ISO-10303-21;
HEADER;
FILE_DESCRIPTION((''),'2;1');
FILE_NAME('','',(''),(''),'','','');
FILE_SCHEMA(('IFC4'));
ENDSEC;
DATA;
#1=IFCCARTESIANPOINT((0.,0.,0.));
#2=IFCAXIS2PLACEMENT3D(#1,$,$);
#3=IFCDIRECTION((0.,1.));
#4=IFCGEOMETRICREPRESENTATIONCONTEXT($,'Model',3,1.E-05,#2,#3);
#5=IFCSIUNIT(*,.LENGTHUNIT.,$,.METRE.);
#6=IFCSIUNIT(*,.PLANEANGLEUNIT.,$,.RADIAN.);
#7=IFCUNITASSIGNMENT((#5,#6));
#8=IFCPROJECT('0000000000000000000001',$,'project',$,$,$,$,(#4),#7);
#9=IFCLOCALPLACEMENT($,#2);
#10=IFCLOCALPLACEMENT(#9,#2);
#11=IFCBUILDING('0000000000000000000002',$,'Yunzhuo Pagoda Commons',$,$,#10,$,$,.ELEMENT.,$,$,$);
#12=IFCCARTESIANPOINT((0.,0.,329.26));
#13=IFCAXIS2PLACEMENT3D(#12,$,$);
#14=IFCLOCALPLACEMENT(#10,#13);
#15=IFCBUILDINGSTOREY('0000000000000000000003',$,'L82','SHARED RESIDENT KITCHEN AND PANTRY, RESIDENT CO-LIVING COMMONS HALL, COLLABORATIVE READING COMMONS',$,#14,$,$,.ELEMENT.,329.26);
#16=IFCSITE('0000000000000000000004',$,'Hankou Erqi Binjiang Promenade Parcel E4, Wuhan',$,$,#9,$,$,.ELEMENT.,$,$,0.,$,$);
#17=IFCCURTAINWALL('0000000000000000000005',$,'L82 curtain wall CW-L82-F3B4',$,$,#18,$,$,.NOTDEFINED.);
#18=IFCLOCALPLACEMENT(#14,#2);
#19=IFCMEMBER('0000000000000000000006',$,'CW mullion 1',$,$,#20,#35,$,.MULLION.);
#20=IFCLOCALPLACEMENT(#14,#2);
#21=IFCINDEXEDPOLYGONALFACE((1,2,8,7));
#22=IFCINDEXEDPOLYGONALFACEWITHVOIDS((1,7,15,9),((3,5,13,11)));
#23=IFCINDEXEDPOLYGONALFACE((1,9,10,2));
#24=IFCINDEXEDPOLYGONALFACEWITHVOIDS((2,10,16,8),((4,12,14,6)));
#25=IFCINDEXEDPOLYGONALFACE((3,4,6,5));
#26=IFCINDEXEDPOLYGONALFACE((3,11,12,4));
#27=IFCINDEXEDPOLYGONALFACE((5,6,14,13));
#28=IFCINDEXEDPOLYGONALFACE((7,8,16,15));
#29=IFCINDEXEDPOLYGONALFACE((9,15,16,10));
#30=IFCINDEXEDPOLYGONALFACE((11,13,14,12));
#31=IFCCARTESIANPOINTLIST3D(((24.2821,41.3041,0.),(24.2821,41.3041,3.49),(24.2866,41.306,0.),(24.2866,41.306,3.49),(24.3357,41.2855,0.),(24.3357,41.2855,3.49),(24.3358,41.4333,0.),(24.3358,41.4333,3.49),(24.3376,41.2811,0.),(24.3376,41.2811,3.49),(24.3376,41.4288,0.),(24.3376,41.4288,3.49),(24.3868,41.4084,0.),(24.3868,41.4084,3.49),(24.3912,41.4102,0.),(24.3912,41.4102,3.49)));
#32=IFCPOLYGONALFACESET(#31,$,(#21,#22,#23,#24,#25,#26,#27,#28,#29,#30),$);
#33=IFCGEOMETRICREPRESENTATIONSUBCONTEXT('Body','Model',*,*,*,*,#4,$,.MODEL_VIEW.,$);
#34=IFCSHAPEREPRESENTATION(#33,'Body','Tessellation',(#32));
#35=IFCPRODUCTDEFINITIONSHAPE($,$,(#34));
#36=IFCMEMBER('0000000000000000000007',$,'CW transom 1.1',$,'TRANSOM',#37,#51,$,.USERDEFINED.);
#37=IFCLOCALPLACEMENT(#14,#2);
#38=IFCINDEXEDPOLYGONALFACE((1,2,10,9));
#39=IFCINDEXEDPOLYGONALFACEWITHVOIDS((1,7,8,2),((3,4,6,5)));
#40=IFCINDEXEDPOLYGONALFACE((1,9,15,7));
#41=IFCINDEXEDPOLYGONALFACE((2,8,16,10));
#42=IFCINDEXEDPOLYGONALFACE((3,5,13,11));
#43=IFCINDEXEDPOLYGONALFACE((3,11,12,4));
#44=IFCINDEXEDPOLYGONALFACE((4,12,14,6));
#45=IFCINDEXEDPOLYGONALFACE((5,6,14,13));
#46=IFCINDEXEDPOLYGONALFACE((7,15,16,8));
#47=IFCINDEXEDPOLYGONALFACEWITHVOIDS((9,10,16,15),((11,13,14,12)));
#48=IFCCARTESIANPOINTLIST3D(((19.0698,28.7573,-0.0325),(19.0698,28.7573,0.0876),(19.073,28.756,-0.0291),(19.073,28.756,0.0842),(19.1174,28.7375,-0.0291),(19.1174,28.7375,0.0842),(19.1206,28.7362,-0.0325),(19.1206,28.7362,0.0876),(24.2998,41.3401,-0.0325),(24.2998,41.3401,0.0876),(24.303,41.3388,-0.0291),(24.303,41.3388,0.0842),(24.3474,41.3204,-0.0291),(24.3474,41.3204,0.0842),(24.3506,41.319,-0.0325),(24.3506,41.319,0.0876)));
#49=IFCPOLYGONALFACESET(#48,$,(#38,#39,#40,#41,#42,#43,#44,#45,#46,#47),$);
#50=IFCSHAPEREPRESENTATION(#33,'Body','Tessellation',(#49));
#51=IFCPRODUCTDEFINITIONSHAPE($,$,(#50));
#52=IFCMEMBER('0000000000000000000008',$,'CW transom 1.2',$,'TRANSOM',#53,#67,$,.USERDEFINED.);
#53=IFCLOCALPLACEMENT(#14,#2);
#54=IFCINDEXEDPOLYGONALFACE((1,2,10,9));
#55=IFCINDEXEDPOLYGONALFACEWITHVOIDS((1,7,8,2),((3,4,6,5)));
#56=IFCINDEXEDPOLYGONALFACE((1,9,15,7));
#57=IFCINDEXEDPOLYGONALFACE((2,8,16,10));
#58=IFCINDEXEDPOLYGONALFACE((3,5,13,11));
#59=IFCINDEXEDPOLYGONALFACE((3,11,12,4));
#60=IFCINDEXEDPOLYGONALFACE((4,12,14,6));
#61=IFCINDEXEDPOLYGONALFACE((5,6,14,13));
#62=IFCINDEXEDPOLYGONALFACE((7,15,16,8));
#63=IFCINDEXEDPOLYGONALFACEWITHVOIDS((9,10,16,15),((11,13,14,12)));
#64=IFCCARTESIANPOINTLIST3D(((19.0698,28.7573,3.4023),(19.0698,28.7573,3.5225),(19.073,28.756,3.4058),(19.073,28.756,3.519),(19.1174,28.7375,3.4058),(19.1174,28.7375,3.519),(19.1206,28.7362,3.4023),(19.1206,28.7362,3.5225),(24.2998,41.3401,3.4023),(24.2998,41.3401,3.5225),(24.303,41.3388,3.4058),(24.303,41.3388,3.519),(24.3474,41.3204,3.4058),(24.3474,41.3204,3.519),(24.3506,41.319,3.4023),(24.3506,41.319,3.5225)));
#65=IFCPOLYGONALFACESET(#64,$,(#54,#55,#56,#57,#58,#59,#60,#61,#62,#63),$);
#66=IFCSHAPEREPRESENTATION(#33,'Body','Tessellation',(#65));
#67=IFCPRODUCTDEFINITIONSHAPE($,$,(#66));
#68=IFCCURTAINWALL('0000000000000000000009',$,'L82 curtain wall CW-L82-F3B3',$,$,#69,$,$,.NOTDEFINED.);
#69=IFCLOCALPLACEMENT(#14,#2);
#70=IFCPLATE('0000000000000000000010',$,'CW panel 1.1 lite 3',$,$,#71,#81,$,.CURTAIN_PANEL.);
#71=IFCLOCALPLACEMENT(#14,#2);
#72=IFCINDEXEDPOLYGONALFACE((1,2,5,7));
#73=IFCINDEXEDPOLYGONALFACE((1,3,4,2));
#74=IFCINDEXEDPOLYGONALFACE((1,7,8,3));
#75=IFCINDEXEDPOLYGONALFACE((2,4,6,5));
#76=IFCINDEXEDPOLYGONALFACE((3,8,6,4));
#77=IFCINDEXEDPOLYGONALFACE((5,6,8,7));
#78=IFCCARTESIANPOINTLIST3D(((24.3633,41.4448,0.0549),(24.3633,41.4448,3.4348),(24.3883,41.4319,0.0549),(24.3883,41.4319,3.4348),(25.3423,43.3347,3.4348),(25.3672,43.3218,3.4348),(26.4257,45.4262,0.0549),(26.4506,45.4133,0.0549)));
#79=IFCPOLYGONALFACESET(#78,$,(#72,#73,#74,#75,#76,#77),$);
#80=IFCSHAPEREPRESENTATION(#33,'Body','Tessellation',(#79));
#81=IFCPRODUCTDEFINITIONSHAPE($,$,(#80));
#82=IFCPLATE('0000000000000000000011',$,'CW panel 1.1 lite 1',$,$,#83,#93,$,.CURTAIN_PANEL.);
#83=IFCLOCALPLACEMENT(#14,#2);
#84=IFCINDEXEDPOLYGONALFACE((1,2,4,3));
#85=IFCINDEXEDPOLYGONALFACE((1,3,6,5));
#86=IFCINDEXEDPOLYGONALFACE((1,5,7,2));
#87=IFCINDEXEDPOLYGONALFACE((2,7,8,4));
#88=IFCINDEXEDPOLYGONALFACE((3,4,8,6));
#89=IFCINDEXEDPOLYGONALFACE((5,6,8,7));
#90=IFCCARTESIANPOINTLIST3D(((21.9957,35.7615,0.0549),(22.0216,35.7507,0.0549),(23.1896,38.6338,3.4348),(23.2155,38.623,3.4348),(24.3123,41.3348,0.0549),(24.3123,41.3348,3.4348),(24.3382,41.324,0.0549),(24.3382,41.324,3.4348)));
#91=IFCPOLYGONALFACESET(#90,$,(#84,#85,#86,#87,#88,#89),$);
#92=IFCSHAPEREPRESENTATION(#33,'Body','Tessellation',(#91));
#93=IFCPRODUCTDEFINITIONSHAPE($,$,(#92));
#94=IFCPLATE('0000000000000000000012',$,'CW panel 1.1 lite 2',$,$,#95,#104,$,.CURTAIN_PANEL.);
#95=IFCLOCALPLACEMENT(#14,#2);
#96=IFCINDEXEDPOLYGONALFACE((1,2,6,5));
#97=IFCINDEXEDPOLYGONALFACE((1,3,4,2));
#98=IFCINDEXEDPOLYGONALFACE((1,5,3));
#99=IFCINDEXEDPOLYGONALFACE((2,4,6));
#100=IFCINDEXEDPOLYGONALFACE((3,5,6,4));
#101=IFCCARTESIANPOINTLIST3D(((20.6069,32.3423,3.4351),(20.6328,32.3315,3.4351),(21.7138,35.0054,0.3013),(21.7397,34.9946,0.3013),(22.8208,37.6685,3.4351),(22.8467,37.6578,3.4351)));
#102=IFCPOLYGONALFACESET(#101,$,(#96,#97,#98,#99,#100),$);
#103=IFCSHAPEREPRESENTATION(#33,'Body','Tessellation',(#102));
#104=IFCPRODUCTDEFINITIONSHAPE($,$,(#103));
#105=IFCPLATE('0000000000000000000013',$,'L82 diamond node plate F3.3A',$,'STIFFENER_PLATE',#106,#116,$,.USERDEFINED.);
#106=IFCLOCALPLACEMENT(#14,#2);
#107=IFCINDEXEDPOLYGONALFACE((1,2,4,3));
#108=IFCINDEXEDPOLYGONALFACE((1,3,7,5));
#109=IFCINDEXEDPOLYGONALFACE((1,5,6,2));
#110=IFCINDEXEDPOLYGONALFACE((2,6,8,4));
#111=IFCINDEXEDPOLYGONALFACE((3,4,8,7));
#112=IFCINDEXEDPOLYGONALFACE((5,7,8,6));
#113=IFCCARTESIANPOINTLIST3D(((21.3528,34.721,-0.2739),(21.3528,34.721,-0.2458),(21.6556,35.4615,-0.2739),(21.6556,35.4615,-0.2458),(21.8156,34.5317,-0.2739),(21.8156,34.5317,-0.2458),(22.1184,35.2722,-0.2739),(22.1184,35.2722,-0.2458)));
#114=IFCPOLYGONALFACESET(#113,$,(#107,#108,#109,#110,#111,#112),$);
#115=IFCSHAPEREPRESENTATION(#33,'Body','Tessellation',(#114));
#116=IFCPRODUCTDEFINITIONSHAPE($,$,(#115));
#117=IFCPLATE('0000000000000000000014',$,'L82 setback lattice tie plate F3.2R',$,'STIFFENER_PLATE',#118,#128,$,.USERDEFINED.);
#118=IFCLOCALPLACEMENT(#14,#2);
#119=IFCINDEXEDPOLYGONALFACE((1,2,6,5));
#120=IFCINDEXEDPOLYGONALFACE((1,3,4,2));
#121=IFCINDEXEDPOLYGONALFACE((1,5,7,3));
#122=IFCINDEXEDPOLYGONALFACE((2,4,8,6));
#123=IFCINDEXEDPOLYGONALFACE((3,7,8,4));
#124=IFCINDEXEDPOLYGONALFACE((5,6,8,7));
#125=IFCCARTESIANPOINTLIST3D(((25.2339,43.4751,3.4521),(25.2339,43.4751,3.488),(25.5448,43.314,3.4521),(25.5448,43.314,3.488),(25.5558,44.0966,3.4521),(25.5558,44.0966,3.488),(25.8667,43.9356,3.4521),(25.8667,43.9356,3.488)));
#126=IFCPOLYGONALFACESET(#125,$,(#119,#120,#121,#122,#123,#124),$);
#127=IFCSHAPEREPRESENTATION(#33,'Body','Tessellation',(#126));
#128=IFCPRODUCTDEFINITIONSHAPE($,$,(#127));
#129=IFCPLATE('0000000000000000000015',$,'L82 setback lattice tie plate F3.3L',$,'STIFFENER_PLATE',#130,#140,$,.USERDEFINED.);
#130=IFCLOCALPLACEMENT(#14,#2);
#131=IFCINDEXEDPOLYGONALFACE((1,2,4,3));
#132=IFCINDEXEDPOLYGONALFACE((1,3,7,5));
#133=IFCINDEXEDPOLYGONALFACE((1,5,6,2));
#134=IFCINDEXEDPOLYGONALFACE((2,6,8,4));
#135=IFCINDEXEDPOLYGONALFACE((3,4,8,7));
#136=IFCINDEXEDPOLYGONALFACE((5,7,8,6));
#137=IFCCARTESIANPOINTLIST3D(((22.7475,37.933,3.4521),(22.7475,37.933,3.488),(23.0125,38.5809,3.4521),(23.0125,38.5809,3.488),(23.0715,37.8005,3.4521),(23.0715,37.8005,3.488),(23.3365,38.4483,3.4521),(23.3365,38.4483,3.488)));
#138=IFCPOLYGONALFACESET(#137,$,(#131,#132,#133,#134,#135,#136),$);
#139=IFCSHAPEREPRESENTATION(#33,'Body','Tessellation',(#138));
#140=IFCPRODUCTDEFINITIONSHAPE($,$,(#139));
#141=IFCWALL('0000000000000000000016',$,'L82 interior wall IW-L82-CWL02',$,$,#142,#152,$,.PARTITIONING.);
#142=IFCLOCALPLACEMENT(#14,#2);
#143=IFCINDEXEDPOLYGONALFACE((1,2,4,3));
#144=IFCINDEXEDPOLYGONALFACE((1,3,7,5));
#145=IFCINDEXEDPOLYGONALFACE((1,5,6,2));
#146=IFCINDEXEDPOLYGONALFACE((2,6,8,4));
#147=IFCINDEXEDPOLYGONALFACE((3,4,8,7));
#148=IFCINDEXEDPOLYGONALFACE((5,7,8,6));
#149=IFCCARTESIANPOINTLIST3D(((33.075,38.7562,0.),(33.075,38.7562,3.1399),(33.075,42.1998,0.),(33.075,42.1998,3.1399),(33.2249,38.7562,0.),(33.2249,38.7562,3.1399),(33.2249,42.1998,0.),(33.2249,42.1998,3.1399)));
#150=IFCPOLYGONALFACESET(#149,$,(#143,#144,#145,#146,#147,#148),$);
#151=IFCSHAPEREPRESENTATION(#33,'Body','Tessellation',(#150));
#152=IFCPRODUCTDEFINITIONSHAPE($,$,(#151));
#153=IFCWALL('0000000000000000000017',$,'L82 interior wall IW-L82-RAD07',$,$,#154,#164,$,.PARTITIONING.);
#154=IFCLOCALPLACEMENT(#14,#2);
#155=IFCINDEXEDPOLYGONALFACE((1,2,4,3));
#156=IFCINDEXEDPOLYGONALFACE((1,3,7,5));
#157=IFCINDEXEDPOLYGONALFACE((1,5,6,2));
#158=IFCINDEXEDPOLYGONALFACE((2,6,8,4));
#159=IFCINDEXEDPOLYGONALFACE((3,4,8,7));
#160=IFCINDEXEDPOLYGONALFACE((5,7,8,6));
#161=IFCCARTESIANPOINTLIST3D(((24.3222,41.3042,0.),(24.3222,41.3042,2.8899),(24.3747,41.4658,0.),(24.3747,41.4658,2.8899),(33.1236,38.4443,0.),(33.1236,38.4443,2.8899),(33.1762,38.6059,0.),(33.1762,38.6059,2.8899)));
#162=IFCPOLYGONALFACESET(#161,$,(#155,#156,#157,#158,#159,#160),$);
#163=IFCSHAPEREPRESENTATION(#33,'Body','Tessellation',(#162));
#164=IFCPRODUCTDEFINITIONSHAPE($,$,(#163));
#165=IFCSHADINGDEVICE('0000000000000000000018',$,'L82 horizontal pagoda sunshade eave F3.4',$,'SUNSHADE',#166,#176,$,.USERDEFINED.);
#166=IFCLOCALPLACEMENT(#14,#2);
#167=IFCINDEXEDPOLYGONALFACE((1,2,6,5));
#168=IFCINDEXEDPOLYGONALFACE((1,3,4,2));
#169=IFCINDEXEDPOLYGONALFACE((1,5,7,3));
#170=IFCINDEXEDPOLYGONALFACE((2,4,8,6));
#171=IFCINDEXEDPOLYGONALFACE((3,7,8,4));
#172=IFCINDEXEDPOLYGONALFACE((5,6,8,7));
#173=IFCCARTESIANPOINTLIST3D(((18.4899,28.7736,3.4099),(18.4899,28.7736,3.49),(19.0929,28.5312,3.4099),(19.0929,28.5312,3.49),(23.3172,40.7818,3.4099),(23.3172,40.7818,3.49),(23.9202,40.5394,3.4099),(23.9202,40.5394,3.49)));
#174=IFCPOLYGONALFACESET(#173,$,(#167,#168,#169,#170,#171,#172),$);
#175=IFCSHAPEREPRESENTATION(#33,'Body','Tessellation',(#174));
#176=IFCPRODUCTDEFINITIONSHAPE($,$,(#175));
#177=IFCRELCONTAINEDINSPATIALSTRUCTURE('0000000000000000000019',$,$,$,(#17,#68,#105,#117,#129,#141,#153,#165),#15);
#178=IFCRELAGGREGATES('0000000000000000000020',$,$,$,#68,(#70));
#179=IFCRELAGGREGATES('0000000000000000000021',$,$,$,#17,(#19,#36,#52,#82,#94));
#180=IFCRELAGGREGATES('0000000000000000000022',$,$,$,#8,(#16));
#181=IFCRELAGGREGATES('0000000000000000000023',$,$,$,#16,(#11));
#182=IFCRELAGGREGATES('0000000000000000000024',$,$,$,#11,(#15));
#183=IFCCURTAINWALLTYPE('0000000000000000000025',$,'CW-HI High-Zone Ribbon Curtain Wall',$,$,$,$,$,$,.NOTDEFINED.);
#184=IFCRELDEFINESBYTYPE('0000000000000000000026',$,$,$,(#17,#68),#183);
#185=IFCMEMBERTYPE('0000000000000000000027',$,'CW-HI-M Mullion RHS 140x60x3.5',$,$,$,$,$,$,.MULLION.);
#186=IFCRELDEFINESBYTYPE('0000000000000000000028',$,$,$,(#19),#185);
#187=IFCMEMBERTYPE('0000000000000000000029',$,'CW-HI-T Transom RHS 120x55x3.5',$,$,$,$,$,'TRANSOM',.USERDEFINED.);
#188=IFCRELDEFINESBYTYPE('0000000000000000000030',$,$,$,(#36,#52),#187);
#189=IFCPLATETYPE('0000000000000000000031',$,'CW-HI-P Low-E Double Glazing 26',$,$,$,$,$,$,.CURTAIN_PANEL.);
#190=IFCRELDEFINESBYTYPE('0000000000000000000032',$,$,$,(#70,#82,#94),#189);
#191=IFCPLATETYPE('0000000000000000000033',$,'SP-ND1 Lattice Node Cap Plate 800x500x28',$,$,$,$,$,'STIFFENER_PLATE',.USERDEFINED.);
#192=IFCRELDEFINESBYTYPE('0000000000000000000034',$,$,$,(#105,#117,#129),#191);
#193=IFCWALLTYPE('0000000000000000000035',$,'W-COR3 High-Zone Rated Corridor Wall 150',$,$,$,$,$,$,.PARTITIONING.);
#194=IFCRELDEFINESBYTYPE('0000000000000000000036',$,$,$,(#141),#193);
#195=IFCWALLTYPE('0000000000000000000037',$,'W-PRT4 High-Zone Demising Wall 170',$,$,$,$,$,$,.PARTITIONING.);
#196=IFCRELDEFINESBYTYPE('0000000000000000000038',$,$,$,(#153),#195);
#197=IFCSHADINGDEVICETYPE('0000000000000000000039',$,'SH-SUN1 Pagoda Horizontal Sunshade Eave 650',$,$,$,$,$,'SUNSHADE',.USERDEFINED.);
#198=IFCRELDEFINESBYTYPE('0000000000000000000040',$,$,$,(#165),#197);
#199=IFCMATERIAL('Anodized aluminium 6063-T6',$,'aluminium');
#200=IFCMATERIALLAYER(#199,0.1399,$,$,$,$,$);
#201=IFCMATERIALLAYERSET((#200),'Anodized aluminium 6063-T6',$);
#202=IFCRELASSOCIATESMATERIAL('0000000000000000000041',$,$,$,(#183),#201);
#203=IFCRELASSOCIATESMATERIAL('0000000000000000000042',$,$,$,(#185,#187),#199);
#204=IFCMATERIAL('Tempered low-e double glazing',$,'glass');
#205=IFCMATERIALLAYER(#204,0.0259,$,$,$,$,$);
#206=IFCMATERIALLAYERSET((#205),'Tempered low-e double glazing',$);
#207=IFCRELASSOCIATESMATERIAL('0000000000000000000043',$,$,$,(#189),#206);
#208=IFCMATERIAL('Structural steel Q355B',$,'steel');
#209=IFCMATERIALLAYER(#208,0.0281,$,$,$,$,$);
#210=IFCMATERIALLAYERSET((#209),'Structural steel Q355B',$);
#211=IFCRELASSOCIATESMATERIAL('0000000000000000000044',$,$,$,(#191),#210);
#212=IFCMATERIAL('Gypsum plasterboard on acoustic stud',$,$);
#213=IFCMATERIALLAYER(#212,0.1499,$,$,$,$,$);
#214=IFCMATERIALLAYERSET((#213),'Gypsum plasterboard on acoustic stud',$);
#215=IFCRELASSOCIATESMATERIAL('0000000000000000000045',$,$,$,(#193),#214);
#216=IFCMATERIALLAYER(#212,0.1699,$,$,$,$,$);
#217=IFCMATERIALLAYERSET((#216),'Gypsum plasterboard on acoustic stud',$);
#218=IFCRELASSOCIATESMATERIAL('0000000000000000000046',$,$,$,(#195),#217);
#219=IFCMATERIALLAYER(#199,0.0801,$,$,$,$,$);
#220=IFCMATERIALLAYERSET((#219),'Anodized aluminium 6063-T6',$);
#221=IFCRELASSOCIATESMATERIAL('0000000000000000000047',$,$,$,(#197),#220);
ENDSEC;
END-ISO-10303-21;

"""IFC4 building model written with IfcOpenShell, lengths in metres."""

from ifc_helpers import new_model, si_unit, direction, frame, frame_2d, origin, origin_2d, place, context, subcontext, project, spatial, polyline, rectangle, hollow_rectangle, outline, extrude, source, transform, mapped, material, layer, layer_set, material_profile, profile_set, type_object, element, aggregate, save


model = new_model("IFC4")

# Units and contexts
model_context = context("Model", 3, precision=1e-05, world=origin(), true_north=direction((0.0, 1.0)))
body_context = subcontext(model_context, "Body", "Model", "MODEL_VIEW")
ifc_project = project(units=[si_unit("LENGTHUNIT", "METRE"), si_unit("PLANEANGLEUNIT", "RADIAN")], contexts=[model_context])

# Site, building, storey
site_placement = place(None, origin())
site = spatial("IfcSite", under=ifc_project, at=site_placement, Name="Hankou Erqi Binjiang Promenade Parcel E4, Wuhan", CompositionType="ELEMENT", RefElevation=0.0)
building_placement = place(site_placement, origin())
building = spatial("IfcBuilding", under=site, at=building_placement, Name="Yunzhuo Pagoda Commons", CompositionType="ELEMENT")
storey_placement = place(building_placement, frame((0.0, 0.0, 329.26)))
storey = spatial("IfcBuildingStorey", under=building, at=storey_placement, Name="L82", Description="SHARED RESIDENT KITCHEN AND PANTRY, RESIDENT CO-LIVING COMMONS HALL, COLLABORATIVE READING COMMONS", CompositionType="ELEMENT", Elevation=329.26)

# Shared definitions
ifc_material_1 = material(Name="Structural steel Q355B", Category="steel")

# Curtain wall, members
ifc_material_2 = material(Name="Anodized aluminium 6063-T6", Category="aluminium")
ifc_layer_1 = layer(ifc_material_2, 0.1399)
ifc_layer_set_1 = layer_set([ifc_layer_1], Name="Anodized aluminium 6063-T6")
curtain_wall_type = type_object("IfcCurtainWallType", Name="CW-HI High-Zone Ribbon Curtain Wall", PredefinedType="NOTDEFINED", material=ifc_layer_set_1)
curtain_wall_1_placement = place(storey_placement, origin())
curtain_wall_1 = element("IfcCurtainWall", 1, at=curtain_wall_1_placement, inside=storey, type_object=curtain_wall_type, Name="L82 curtain wall CW-L82-F3B4", PredefinedType="NOTDEFINED")
ifc_material_profile_1 = material_profile(ifc_material_2, hollow_rectangle(XDim=0.0601, YDim=0.1399, WallThickness=0.0034, at=origin_2d()), Name="Anodized aluminium 6063-T6")
ifc_profile_set_1 = profile_set([ifc_material_profile_1], Name="Anodized aluminium 6063-T6")
member_type_1 = type_object("IfcMemberType", Name="CW-HI-M Mullion RHS 140x60x3.5", PredefinedType="MULLION", material=ifc_profile_set_1)
shared_shape_1 = source(origin(), body_context, "Body", "SweptSolid", [
    extrude(hollow_rectangle(XDim=0.0601, YDim=0.1399, WallThickness=0.0034, at=origin_2d()), origin(), (0.0, 0.0, 1.0), 3.49),
])
member_1_placement = place(storey_placement, frame((24.3367, 41.3572, 0.0), z_axis=(0.0, 0.0, 1.0), x_axis=(0.923407, -0.383822, 0.0)))
member_1 = element("IfcMember", 2, at=member_1_placement, type_object=member_type_1, Name="CW mullion 1", PredefinedType="MULLION", context=body_context, shape_type="MappedRepresentation", body=[
    mapped(shared_shape_1, transform((0.0, 0.0, 0.0), scale=1.0)),
])
ifc_material_profile_2 = material_profile(ifc_material_2, hollow_rectangle(XDim=0.0549, YDim=0.1201, WallThickness=0.0034, at=origin_2d()), Name="Anodized aluminium 6063-T6")
ifc_profile_set_2 = profile_set([ifc_material_profile_2], Name="Anodized aluminium 6063-T6")
member_type_2 = type_object("IfcMemberType", Name="CW-HI-T Transom RHS 120x55x3.5", ElementType="TRANSOM", PredefinedType="USERDEFINED", material=ifc_profile_set_2)
shared_shape_2 = source(origin(), body_context, "Body", "SweptSolid", [
    extrude(hollow_rectangle(XDim=0.0549, YDim=0.1201, WallThickness=0.0034, at=origin_2d()), origin(), (0.0, 0.0, 1.0), 13.6265),
])
member_2_placement = place(storey_placement, frame((24.3252, 41.3296, 0.0276), z_axis=(-0.383812, -0.923411, 0.0), x_axis=(0.923411, -0.383812, 0.0)))
member_2 = element("IfcMember", 3, at=member_2_placement, type_object=member_type_2, Name="CW transom 1.1", ObjectType="TRANSOM", PredefinedType="USERDEFINED", context=body_context, shape_type="MappedRepresentation", body=[
    mapped(shared_shape_2, transform((0.0, 0.0, 0.0), scale=1.0)),
])
member_3_placement = place(storey_placement, frame((24.3252, 41.3296, 3.4624), z_axis=(-0.383812, -0.923411, 0.0), x_axis=(0.923411, -0.383812, 0.0)))
member_3 = element("IfcMember", 4, at=member_3_placement, type_object=member_type_2, Name="CW transom 1.2", ObjectType="TRANSOM", PredefinedType="USERDEFINED", context=body_context, shape_type="MappedRepresentation", body=[
    mapped(shared_shape_2, transform((0.0, 0.0, 0.0), scale=1.0)),
])

# Curtain wall, plate
curtain_wall_2_placement = place(storey_placement, origin())
curtain_wall_2 = element("IfcCurtainWall", 5, at=curtain_wall_2_placement, inside=storey, type_object=curtain_wall_type, Name="L82 curtain wall CW-L82-F3B3", PredefinedType="NOTDEFINED")
ifc_material_3 = material(Name="Tempered low-e double glazing", Category="glass")
ifc_layer_2 = layer(ifc_material_3, 0.0259)
ifc_layer_set_2 = layer_set([ifc_layer_2], Name="Tempered low-e double glazing")
plate_type_1 = type_object("IfcPlateType", Name="CW-HI-P Low-E Double Glazing 26", PredefinedType="CURTAIN_PANEL", material=ifc_layer_set_2)
plate_1_placement = place(storey_placement, frame((25.4194, 43.4226, 1.7449), z_axis=(-0.887948, 0.459945, 0.0), x_axis=(-0.459945, -0.887948, 0.0)))
plate_1 = element("IfcPlate", 6, at=plate_1_placement, type_object=plate_type_1, Name="CW panel 1.1 lite 3", PredefinedType="CURTAIN_PANEL", context=body_context, shape_type="SweptSolid", body=[
    extrude(outline(polyline([(-2.2419, -1.6899), (2.2419, -1.6899), (2.2419, 1.6899), (0.1135, 1.6899), (-2.2419, -1.6899)])), origin(), (0.0, 0.0, 1.0), 0.0281),
])
aggregate(curtain_wall_2, [plate_1])

# Plates
plate_2_placement = place(storey_placement, frame((23.1799, 38.5374, 1.7449), z_axis=(-0.923407, 0.383822, 0.0), x_axis=(-0.383822, -0.923407, 0.0)))
plate_2 = element("IfcPlate", 7, at=plate_2_placement, type_object=plate_type_1, Name="CW panel 1.1 lite 1", PredefinedType="CURTAIN_PANEL", context=body_context, shape_type="SweptSolid", body=[
    extrude(outline(polyline([(-3.0178, -1.6899), (3.0178, -1.6899), (-0.0928, 1.6899), (-3.0178, 1.6899), (-3.0178, -1.6899)])), origin(), (0.0, 0.0, 1.0), 0.0281),
])
plate_3_placement = place(storey_placement, frame((21.7397, 34.9946, 1.8682), z_axis=(-0.923407, 0.383822, 0.0), x_axis=(-0.383822, -0.923407, 0.0)))
plate_3 = element("IfcPlate", 8, at=plate_3_placement, type_object=plate_type_1, Name="CW panel 1.1 lite 2", PredefinedType="CURTAIN_PANEL", context=body_context, shape_type="SweptSolid", body=[
    extrude(outline(polyline([(-2.884, 1.5669), (0.0, -1.5669), (2.884, 1.5669), (-2.884, 1.5669)])), origin(), (0.0, 0.0, 1.0), 0.0281),
])
aggregate(curtain_wall_1, [member_1, member_2, member_3, plate_2, plate_3])

# Plates
ifc_layer_3 = layer(ifc_material_1, 0.0281)
ifc_layer_set_3 = layer_set([ifc_layer_3], Name="Structural steel Q355B")
plate_type_2 = type_object("IfcPlateType", Name="SP-ND1 Lattice Node Cap Plate 800x500x28", ElementType="STIFFENER_PLATE", PredefinedType="USERDEFINED", material=ifc_layer_set_3)
shared_shape_3 = source(origin(), body_context, "Body", "SweptSolid", [
    extrude(rectangle(XDim=0.8, YDim=0.5, at=origin_2d()), origin(), (0.0, 0.0, 1.0), 0.0281),
])
plate_4_placement = place(storey_placement, frame((21.7356, 34.9966, -0.2739), z_axis=(0.0, 0.0, 1.0), x_axis=(-0.378568, -0.925574, 0.0)))
element("IfcPlate", 9, at=plate_4_placement, inside=storey, type_object=plate_type_2, Name="L82 diamond node plate F3.3A", ObjectType="STIFFENER_PLATE", PredefinedType="USERDEFINED", context=body_context, shape_type="MappedRepresentation", body=[
    mapped(shared_shape_3, transform((0.0, 0.0, 0.0), scale=1.0)),
])
shared_shape_4 = source(origin(), body_context, "Body", "SweptSolid", [
    extrude(rectangle(XDim=0.7, YDim=0.3501, at=origin_2d()), origin(), (0.0, 0.0, 1.0), 0.0359),
])
for number, where, z_axis, x_axis, name in (
    (10, (25.5503, 43.7053, 3.4521), (0.0, 0.0, 1.0), (-0.459952, -0.887944, 0.0), "L82 setback lattice tie plate F3.2R"),
    (11, (23.042, 38.1907, 3.4521), (0.0, 0.0, 1.0), (-0.378568, -0.925574, 0.0), "L82 setback lattice tie plate F3.3L"),
):
    element("IfcPlate", number, at=place(storey_placement, frame(where, z_axis=z_axis, x_axis=x_axis)), inside=storey, type_object=plate_type_2, Name=name, ObjectType="STIFFENER_PLATE", PredefinedType="USERDEFINED", context=body_context, shape_type="MappedRepresentation", body=[
        mapped(shared_shape_4, transform((0.0, 0.0, 0.0), scale=1.0)),
    ])

# Walls
ifc_material_4 = material(Name="Gypsum plasterboard on acoustic stud")
ifc_layer_4 = layer(ifc_material_4, 0.1499)
ifc_layer_set_4 = layer_set([ifc_layer_4], Name="Gypsum plasterboard on acoustic stud")
wall_type_1 = type_object("IfcWallType", Name="W-COR3 High-Zone Rated Corridor Wall 150", PredefinedType="PARTITIONING", material=ifc_layer_set_4)
wall_1_placement = place(storey_placement, frame((33.1499, 38.7563, 0.0), z_axis=(0.0, 0.0, 1.0), x_axis=(0.0, 1.0, 0.0)))
element("IfcWall", 12, at=wall_1_placement, inside=storey, type_object=wall_type_1, Name="L82 interior wall IW-L82-CWL02", PredefinedType="PARTITIONING", context=body_context, shape_type="SweptSolid", body=[
    extrude(rectangle(XDim=3.4436, YDim=0.1499, at=frame_2d((1.7217, 0.0))), origin(), (0.0, 0.0, 1.0), 3.1399),
])
ifc_layer_5 = layer(ifc_material_4, 0.1699)
ifc_layer_set_5 = layer_set([ifc_layer_5], Name="Gypsum plasterboard on acoustic stud")
wall_type_2 = type_object("IfcWallType", Name="W-PRT4 High-Zone Demising Wall 170", PredefinedType="PARTITIONING", material=ifc_layer_set_5)
wall_2_placement = place(storey_placement, frame((33.1499, 38.5251, 0.0), z_axis=(0.0, 0.0, 1.0), x_axis=(-0.951054, 0.309025, 0.0)))
element("IfcWall", 13, at=wall_2_placement, inside=storey, type_object=wall_type_2, Name="L82 interior wall IW-L82-RAD07", PredefinedType="PARTITIONING", context=body_context, shape_type="SweptSolid", body=[
    extrude(rectangle(XDim=9.2544, YDim=0.1699, at=frame_2d((4.6272, 0.0))), origin(), (0.0, 0.0, 1.0), 2.8899),
])

# Shading device
ifc_layer_6 = layer(ifc_material_2, 0.0801)
ifc_layer_set_6 = layer_set([ifc_layer_6], Name="Anodized aluminium 6063-T6")
shading_device_type = type_object("IfcShadingDeviceType", Name="SH-SUN1 Pagoda Horizontal Sunshade Eave 650", ElementType="SUNSHADE", PredefinedType="USERDEFINED", material=ifc_layer_set_6)
shared_shape_5 = source(origin(), body_context, "Body", "SweptSolid", [
    extrude(rectangle(XDim=12.9421, YDim=0.6499, at=origin_2d()), origin(), (0.0, 0.0, 1.0), 0.0801),
])
shading_device_placement = place(storey_placement, frame((21.2051, 34.6565, 3.4099), z_axis=(0.0, 0.0, 1.0), x_axis=(-0.372988, -0.927836, 0.0)))
element("IfcShadingDevice", 14, at=shading_device_placement, inside=storey, type_object=shading_device_type, Name="L82 horizontal pagoda sunshade eave F3.4", ObjectType="SUNSHADE", PredefinedType="USERDEFINED", context=body_context, shape_type="MappedRepresentation", body=[
    mapped(shared_shape_5, transform((0.0, 0.0, 0.0), scale=1.0)),
])

save(model, "model.ifc")
